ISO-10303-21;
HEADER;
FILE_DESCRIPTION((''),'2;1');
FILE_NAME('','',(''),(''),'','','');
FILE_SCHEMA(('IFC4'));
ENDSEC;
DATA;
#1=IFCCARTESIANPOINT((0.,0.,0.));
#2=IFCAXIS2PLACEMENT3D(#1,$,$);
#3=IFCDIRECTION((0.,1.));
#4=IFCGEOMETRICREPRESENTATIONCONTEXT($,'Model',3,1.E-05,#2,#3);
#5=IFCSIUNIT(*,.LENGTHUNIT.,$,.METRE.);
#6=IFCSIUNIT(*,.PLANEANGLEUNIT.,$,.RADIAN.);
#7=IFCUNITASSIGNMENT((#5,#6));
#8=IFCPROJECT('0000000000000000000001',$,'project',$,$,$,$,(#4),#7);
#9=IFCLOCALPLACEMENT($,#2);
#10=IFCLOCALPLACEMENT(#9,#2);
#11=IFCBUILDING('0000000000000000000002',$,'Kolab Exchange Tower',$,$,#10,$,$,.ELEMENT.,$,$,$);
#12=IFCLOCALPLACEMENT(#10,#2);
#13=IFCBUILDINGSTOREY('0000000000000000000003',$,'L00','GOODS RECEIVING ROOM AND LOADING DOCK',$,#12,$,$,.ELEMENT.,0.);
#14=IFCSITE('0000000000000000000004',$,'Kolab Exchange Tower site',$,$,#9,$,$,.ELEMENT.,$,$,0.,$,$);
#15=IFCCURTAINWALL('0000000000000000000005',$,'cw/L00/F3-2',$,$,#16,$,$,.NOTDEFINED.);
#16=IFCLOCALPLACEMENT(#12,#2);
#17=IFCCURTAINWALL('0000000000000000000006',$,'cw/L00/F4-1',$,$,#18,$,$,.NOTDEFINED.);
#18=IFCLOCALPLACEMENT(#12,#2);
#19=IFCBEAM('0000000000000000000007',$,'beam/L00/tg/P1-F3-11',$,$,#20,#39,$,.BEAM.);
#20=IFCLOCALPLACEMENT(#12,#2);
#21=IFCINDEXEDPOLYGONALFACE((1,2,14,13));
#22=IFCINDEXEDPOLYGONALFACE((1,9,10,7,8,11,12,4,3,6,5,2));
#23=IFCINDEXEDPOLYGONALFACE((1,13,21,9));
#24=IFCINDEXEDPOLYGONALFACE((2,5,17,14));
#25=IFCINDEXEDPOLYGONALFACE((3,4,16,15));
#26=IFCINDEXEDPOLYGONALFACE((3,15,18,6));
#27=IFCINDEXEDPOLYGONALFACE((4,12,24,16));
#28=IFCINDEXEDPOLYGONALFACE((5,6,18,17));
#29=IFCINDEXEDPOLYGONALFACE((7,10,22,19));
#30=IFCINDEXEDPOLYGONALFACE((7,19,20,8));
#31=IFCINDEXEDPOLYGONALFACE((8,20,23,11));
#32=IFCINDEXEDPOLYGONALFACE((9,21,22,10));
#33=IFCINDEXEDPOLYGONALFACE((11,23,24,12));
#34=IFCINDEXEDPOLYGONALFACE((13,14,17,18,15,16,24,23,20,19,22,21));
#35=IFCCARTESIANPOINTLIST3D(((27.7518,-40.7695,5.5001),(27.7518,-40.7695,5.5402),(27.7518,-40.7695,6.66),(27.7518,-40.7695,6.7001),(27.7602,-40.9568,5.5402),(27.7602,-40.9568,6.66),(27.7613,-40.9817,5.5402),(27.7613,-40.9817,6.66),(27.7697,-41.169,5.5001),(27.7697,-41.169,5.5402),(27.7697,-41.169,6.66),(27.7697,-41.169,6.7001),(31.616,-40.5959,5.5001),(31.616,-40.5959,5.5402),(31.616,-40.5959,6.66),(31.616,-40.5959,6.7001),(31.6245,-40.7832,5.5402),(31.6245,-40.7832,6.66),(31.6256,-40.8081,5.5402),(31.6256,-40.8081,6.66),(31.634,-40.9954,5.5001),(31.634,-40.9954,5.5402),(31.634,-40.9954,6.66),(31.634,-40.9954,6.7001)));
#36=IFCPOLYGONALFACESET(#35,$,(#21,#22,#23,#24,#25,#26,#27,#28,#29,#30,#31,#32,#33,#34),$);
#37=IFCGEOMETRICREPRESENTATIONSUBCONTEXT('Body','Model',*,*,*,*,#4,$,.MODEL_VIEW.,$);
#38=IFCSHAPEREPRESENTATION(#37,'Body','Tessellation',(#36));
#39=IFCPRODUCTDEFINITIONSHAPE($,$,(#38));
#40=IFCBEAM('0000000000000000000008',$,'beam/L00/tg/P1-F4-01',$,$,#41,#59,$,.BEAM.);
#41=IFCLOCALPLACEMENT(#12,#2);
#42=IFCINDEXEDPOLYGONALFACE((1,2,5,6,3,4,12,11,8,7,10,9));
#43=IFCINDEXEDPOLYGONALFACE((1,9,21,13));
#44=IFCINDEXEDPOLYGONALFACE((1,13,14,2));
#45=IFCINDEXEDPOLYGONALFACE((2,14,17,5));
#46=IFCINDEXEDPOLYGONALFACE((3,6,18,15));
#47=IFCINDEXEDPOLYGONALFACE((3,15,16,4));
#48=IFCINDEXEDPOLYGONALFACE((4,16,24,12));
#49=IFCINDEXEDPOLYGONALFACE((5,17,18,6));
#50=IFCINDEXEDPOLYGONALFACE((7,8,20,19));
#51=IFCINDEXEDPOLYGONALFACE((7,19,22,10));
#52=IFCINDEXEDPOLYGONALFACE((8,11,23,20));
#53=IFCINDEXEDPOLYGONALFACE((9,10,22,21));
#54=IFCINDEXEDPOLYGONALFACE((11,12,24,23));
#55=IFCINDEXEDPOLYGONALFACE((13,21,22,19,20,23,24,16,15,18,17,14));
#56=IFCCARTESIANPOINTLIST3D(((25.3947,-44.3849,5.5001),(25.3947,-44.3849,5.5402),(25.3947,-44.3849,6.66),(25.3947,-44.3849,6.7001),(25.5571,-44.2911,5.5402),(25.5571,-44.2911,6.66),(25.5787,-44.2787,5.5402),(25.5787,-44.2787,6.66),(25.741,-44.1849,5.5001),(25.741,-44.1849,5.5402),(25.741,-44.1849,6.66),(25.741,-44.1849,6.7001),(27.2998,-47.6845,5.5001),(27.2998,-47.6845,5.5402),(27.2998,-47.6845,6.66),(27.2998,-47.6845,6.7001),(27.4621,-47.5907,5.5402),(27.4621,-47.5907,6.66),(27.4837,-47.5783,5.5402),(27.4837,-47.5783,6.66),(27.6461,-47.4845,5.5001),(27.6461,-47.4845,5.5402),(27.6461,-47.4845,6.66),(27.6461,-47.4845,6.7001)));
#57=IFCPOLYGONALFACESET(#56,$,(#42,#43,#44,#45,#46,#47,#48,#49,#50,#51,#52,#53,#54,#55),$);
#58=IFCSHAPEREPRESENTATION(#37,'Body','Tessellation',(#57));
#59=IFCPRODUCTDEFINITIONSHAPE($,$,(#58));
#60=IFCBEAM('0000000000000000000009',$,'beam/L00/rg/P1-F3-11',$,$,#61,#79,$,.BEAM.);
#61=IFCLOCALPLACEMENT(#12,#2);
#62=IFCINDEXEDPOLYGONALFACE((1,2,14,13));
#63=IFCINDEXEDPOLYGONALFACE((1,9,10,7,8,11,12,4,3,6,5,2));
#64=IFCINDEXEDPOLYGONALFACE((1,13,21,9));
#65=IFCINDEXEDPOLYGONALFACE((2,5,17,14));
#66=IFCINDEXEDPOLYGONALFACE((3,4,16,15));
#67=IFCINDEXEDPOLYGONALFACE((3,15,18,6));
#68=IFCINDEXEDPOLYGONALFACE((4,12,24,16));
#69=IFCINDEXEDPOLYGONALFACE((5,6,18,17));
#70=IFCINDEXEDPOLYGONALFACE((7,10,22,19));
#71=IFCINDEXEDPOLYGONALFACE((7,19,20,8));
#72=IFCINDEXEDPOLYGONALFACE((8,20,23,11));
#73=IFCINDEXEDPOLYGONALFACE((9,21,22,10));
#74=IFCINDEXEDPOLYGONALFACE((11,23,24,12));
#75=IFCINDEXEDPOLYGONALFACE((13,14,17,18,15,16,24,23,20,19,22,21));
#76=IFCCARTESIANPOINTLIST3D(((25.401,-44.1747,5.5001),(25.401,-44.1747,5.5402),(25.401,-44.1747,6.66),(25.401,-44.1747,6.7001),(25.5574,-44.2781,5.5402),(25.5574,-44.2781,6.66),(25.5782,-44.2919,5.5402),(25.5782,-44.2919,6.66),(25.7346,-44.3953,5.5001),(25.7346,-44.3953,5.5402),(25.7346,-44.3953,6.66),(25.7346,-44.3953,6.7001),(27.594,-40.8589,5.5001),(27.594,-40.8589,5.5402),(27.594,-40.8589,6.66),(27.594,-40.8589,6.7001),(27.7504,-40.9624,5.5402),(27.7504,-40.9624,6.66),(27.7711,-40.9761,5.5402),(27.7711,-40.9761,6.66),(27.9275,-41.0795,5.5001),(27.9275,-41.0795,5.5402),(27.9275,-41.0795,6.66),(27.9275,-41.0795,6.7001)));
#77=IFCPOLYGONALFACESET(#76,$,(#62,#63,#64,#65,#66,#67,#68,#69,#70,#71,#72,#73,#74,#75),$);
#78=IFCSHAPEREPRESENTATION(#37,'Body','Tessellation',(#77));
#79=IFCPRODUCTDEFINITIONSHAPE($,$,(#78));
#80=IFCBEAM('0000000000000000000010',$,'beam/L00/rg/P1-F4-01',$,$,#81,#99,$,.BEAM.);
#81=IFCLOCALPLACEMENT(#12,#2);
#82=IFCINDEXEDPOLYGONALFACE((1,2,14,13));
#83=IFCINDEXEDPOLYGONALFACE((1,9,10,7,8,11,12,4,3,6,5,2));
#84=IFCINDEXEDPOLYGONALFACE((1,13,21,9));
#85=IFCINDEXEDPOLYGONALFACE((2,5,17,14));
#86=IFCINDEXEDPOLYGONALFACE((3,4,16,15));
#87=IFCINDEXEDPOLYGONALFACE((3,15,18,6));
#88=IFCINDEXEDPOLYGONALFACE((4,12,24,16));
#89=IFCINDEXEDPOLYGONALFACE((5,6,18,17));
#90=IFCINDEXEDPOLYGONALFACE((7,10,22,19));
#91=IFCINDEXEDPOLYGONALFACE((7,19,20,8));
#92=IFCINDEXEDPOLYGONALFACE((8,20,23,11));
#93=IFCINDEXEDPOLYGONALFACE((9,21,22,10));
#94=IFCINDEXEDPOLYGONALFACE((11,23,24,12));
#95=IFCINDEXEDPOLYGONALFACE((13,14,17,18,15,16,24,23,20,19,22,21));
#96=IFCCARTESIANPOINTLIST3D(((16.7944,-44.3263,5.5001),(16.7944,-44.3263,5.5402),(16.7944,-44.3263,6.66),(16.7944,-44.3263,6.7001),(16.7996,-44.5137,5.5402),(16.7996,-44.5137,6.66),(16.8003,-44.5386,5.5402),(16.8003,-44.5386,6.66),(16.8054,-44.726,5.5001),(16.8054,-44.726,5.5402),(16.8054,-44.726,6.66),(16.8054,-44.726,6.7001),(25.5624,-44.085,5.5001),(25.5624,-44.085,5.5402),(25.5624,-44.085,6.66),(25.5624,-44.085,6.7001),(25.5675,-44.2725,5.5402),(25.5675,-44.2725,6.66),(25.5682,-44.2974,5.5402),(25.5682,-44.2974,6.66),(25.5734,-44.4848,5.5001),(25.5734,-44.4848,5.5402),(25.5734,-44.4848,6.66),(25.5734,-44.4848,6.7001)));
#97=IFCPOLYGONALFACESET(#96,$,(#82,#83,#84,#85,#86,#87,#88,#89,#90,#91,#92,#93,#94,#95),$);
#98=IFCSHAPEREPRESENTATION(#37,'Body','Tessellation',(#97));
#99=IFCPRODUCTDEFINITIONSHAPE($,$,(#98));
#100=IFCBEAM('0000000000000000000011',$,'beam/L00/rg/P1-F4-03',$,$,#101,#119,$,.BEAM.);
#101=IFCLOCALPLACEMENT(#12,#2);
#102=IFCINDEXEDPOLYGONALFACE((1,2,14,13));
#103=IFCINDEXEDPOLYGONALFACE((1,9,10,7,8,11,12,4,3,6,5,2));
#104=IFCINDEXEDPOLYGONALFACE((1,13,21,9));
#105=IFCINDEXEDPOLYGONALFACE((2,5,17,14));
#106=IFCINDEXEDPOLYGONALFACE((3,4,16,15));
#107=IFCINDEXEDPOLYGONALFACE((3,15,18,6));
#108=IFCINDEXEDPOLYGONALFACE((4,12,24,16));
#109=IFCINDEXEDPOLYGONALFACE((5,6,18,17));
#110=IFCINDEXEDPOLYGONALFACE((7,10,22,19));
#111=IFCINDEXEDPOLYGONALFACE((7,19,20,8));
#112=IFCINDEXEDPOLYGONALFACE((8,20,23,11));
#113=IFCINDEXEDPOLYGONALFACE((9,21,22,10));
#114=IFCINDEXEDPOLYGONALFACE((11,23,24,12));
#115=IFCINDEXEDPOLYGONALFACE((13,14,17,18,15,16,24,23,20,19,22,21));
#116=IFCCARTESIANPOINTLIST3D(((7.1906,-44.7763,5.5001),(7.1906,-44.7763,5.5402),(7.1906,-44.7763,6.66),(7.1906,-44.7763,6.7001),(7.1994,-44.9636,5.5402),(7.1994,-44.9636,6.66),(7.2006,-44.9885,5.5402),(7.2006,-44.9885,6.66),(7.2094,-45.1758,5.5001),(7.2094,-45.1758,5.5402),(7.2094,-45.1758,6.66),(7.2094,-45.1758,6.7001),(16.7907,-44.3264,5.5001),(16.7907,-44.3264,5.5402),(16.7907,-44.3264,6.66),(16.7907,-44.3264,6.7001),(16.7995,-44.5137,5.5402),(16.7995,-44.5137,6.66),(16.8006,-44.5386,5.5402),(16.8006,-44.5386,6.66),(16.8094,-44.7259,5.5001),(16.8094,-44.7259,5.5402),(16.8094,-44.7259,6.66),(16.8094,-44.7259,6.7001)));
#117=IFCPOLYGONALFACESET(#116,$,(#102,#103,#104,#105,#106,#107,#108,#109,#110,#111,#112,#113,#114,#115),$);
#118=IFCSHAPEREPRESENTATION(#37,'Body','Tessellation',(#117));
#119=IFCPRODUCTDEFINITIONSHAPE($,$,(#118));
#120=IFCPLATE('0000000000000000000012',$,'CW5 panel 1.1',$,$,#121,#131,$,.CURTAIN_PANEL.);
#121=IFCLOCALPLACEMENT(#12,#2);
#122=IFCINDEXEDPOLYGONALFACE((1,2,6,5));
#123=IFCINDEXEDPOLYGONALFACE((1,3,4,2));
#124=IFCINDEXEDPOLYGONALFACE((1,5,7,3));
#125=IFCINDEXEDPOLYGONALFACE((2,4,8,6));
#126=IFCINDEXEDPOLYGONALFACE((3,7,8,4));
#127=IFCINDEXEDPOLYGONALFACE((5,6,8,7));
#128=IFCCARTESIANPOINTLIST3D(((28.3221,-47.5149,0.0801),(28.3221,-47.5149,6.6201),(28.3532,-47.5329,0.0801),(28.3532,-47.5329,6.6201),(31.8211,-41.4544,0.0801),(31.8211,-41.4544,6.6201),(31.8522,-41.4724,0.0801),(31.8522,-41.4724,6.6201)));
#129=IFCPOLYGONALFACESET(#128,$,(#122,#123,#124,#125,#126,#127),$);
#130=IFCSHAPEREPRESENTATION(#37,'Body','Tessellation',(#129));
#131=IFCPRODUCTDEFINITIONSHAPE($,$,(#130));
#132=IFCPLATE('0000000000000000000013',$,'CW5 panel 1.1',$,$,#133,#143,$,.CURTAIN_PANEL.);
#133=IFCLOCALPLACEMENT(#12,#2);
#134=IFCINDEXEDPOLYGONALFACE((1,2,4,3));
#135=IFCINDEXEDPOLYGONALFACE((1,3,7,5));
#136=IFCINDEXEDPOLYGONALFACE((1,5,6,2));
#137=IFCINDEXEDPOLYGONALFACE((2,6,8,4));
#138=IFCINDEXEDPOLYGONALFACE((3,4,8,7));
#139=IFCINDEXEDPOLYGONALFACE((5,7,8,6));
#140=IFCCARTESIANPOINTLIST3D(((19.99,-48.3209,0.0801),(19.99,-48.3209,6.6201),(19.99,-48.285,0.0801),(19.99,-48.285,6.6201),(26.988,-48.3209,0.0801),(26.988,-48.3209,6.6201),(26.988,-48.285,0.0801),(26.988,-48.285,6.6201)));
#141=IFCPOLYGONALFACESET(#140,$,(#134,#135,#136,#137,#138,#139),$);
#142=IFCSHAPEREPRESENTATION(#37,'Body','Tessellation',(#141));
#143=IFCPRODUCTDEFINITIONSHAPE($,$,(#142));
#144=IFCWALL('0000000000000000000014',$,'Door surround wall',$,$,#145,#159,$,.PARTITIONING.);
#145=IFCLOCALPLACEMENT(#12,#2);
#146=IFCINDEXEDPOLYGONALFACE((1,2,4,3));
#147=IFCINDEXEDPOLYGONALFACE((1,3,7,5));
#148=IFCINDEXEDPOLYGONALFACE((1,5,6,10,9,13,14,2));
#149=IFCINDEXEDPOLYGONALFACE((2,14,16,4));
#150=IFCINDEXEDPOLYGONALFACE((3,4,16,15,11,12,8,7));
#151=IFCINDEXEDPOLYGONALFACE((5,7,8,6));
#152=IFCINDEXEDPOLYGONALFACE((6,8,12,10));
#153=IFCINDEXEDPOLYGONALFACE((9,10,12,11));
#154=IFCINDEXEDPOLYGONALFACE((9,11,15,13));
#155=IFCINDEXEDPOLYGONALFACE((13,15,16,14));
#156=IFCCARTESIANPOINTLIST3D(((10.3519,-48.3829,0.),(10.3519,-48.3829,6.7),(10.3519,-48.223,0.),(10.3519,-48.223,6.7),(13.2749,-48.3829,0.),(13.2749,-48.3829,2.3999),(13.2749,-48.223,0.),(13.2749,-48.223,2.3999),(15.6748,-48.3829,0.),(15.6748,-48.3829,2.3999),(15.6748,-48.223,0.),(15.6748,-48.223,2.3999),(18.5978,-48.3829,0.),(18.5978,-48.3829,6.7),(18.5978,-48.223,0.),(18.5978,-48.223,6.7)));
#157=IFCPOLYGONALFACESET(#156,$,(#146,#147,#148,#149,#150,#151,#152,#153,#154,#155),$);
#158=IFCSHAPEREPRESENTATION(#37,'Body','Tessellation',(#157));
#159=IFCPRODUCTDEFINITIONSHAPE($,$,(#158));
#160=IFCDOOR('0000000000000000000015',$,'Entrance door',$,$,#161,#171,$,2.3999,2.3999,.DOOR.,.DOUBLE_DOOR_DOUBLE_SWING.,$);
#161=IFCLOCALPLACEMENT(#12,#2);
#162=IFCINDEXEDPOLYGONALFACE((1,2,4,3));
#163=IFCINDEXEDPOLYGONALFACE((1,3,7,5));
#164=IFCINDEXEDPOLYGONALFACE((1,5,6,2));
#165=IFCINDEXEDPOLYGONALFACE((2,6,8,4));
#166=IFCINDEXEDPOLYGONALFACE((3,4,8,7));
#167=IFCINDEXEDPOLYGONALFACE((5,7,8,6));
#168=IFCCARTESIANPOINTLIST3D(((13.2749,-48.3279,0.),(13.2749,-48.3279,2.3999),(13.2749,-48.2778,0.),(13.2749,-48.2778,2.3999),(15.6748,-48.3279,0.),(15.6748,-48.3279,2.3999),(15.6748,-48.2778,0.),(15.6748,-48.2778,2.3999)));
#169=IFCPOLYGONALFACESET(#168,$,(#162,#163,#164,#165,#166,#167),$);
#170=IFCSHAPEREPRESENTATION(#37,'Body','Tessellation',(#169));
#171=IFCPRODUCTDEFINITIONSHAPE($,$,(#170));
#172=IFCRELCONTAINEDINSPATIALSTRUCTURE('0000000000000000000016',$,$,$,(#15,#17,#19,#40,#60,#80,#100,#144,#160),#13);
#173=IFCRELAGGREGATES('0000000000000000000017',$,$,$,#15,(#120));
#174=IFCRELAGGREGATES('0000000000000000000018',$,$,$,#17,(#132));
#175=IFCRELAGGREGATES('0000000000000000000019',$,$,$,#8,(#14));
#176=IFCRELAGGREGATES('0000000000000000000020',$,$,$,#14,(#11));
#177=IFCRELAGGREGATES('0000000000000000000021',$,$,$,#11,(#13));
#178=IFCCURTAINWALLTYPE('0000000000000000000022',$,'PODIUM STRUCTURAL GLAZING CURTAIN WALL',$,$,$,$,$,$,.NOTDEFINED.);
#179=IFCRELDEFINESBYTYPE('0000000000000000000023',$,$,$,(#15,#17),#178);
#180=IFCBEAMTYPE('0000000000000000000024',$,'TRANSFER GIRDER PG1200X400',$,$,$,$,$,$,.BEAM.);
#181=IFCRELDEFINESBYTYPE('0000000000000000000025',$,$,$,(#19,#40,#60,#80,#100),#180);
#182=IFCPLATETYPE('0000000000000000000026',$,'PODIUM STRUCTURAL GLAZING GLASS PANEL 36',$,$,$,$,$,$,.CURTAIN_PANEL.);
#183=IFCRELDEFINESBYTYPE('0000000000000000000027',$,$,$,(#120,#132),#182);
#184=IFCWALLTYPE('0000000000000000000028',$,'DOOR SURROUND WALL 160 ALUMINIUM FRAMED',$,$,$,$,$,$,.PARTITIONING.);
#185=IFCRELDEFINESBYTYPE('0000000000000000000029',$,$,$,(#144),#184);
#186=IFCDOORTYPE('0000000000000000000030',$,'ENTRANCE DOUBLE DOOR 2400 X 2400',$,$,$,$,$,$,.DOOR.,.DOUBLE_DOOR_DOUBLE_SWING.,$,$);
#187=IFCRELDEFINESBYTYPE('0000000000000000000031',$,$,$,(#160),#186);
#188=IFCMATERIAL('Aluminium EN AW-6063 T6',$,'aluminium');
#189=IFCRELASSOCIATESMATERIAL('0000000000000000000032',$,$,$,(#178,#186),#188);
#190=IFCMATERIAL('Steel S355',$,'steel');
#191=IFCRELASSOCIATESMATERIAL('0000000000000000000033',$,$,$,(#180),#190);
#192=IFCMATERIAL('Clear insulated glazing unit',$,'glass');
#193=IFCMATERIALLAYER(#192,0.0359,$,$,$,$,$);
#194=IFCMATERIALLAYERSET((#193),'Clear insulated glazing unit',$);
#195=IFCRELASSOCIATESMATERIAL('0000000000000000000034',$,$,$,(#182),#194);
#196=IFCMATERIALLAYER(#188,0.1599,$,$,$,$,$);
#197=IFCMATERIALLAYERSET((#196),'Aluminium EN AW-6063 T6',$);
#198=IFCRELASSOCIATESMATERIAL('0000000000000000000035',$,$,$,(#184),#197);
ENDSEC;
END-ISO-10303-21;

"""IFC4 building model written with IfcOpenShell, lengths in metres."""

from ifc_helpers import new_model, si_unit, direction, frame, frame_2d, origin, origin_2d, place, context, subcontext, project, spatial, rectangle, i_section, extrude, material, layer, layer_set, material_profile, profile_set, type_object, element, fill, aggregate, save


model = new_model("IFC4")

# Units and contexts
model_context = context("Model", 3, precision=1e-05, world=origin(), true_north=direction((0.0, 1.0)))
body_context = subcontext(model_context, "Body", "Model", "MODEL_VIEW")
ifc_project = project(units=[si_unit("LENGTHUNIT", "METRE"), si_unit("PLANEANGLEUNIT", "RADIAN")], contexts=[model_context])

# Site, building, storey
site_placement = place(None, origin())
site = spatial("IfcSite", under=ifc_project, at=site_placement, Name="Kolab Exchange Tower site", CompositionType="ELEMENT", RefElevation=0.0)
building_placement = place(site_placement, origin())
building = spatial("IfcBuilding", under=site, at=building_placement, Name="Kolab Exchange Tower", CompositionType="ELEMENT")
storey_placement = place(building_placement, origin())
storey = spatial("IfcBuildingStorey", under=building, at=storey_placement, Name="L00", Description="GOODS RECEIVING ROOM AND LOADING DOCK", CompositionType="ELEMENT", Elevation=0.0)

# Curtain walls
ifc_material_1 = material(Name="Aluminium EN AW-6063 T6", Category="aluminium")
curtain_wall_type = type_object("IfcCurtainWallType", Name="PODIUM STRUCTURAL GLAZING CURTAIN WALL", PredefinedType="NOTDEFINED", material=ifc_material_1)
curtain_wall_1_placement = place(storey_placement, origin())
curtain_wall_1 = element("IfcCurtainWall", 1, at=curtain_wall_1_placement, inside=storey, type_object=curtain_wall_type, Name="cw/L00/F3-2", PredefinedType="NOTDEFINED")
curtain_wall_2_placement = place(storey_placement, origin())
curtain_wall_2 = element("IfcCurtainWall", 2, at=curtain_wall_2_placement, inside=storey, type_object=curtain_wall_type, Name="cw/L00/F4-1", PredefinedType="NOTDEFINED")

# Beams
ifc_material_2 = material(Name="Steel S355", Category="steel")
ifc_material_profile_1 = material_profile(ifc_material_2, i_section(OverallWidth=0.3999, OverallDepth=1.2, WebThickness=0.0249, FlangeThickness=0.04, at=origin_2d()), Name="PG1200X400")
ifc_profile_set_1 = profile_set([ifc_material_profile_1], Name="Steel S355")
beam_type = type_object("IfcBeamType", Name="TRANSFER GIRDER PG1200X400", PredefinedType="BEAM", material=ifc_profile_set_1)
beam_1_placement = place(storey_placement, frame((27.7607, -40.9692, 6.1001), z_axis=(0.998993, 0.044875, 0.0), x_axis=(-0.044875, 0.998993, 0.0)))
element("IfcBeam", 3, at=beam_1_placement, inside=storey, type_object=beam_type, Name="beam/L00/tg/P1-F3-11", PredefinedType="BEAM", context=body_context, shape_type="SweptSolid", body=[
    extrude(i_section(OverallWidth=0.3999, OverallDepth=1.2, WebThickness=0.0249, FlangeThickness=0.04, at=origin_2d()), origin(), (0.0, 0.0, 1.0), 3.8682),
])
beam_2_placement = place(storey_placement, frame((25.5679, -44.2849, 6.1001), z_axis=(0.500005, -0.866022, 0.0), x_axis=(0.866022, 0.500005, 0.0)))
element("IfcBeam", 4, at=beam_2_placement, inside=storey, type_object=beam_type, Name="beam/L00/tg/P1-F4-01", PredefinedType="BEAM", context=body_context, shape_type="SweptSolid", body=[
    extrude(i_section(OverallWidth=0.3999, OverallDepth=1.2, WebThickness=0.0249, FlangeThickness=0.04, at=origin_2d()), origin(), (0.0, 0.0, 1.0), 3.8101),
])
beam_3_placement = place(storey_placement, frame((27.7607, -40.9692, 6.1001), z_axis=(-0.551635, -0.834086, 0.0), x_axis=(0.834086, -0.551635, 0.0)))
element("IfcBeam", 5, at=beam_3_placement, inside=storey, type_object=beam_type, Name="beam/L00/rg/P1-F3-11", PredefinedType="BEAM", context=body_context, shape_type="SweptSolid", body=[
    extrude(i_section(OverallWidth=0.3999, OverallDepth=1.2, WebThickness=0.0249, FlangeThickness=0.04, at=origin_2d()), origin(), (0.0, 0.0, 1.0), 3.9753),
])
beam_4_placement = place(storey_placement, frame((25.5679, -44.2849, 6.1001), z_axis=(-0.999622, -0.027501, 0.0), x_axis=(0.027501, -0.999622, 0.0)))
element("IfcBeam", 6, at=beam_4_placement, inside=storey, type_object=beam_type, Name="beam/L00/rg/P1-F4-01", PredefinedType="BEAM", context=body_context, shape_type="SweptSolid", body=[
    extrude(i_section(OverallWidth=0.3999, OverallDepth=1.2, WebThickness=0.0249, FlangeThickness=0.04, at=origin_2d()), origin(), (0.0, 0.0, 1.0), 8.7712),
])
beam_5_placement = place(storey_placement, frame((16.8, -44.5261, 6.1001), z_axis=(-0.998903, -0.046818, 0.0), x_axis=(0.046818, -0.998903, 0.0)))
element("IfcBeam", 7, at=beam_5_placement, inside=storey, type_object=beam_type, Name="beam/L00/rg/P1-F4-03", PredefinedType="BEAM", context=body_context, shape_type="SweptSolid", body=[
    extrude(i_section(OverallWidth=0.3999, OverallDepth=1.2, WebThickness=0.0249, FlangeThickness=0.04, at=origin_2d()), origin(), (0.0, 0.0, 1.0), 9.6106),
])

# Plates
ifc_material_3 = material(Name="Clear insulated glazing unit", Category="glass")
ifc_layer_1 = layer(ifc_material_3, 0.0359)
ifc_layer_set_1 = layer_set([ifc_layer_1], Name="Clear insulated glazing unit")
plate_type = type_object("IfcPlateType", Name="PODIUM STRUCTURAL GLAZING GLASS PANEL 36", PredefinedType="CURTAIN_PANEL", material=ifc_layer_set_1)
plate_1_placement = place(storey_placement, frame((30.0872, -44.4937, 0.0801), z_axis=(0.0, 0.0, 1.0), x_axis=(-0.5, -0.866025, 0.0)))
plate_1 = element("IfcPlate", 8, at=plate_1_placement, type_object=plate_type, Name="CW5 panel 1.1", PredefinedType="CURTAIN_PANEL", context=body_context, shape_type="SweptSolid", body=[
    extrude(rectangle(XDim=6.998, YDim=0.0359, at=origin_2d()), origin(), (0.0, 0.0, 1.0), 6.54),
])
aggregate(curtain_wall_1, [plate_1])
plate_2_placement = place(storey_placement, frame((23.489, -48.303, 0.0801), z_axis=(0.0, 0.0, 1.0), x_axis=(-1.0, 0.0, 0.0)))
plate_2 = element("IfcPlate", 9, at=plate_2_placement, type_object=plate_type, Name="CW5 panel 1.1", PredefinedType="CURTAIN_PANEL", context=body_context, shape_type="SweptSolid", body=[
    extrude(rectangle(XDim=6.998, YDim=0.0359, at=origin_2d()), origin(), (0.0, 0.0, 1.0), 6.54),
])
aggregate(curtain_wall_2, [plate_2])

# Wall, opening, door
ifc_layer_2 = layer(ifc_material_1, 0.1599)
ifc_layer_set_2 = layer_set([ifc_layer_2], Name="Aluminium EN AW-6063 T6")
wall_type_1 = type_object("IfcWallType", Name="DOOR SURROUND WALL 160 ALUMINIUM FRAMED", PredefinedType="PARTITIONING", material=ifc_layer_set_2)
wall_1_placement = place(storey_placement, frame((18.5979, -48.303, 0.0), z_axis=(0.0, 0.0, 1.0), x_axis=(-1.0, 0.0, 0.0)))
wall_1 = element("IfcWall", 10, at=wall_1_placement, inside=storey, type_object=wall_type_1, Name="Door surround wall", PredefinedType="PARTITIONING", context=body_context, shape_type="SweptSolid", body=[
    extrude(rectangle(XDim=8.2458, YDim=0.1599, at=frame_2d((4.123, 0.0))), origin(), (0.0, 0.0, 1.0), 6.7),
])
opening_1_placement = place(wall_1_placement, frame((2.9231, 0.0, 0.0)))
opening_1 = element("IfcOpeningElement", 11, at=opening_1_placement, cuts=wall_1, PredefinedType="OPENING", context=body_context, shape_type="SweptSolid", body=[
    extrude(rectangle(XDim=2.3999, YDim=2.3999, at=frame_2d((1.2, 1.2))), frame((0.0, 0.0898, 0.0), z_axis=(0.0, -1.0, 0.0), x_axis=(1.0, 0.0, 0.0)), (0.0, 0.0, 1.0), 0.1799),
])
door_type = type_object("IfcDoorType", Name="ENTRANCE DOUBLE DOOR 2400 X 2400", OperationType="DOUBLE_DOOR_DOUBLE_SWING", PredefinedType="DOOR", material=ifc_material_1)
door_1_placement = place(opening_1_placement, origin())
door_1 = element("IfcDoor", 12, at=door_1_placement, inside=storey, type_object=door_type, Name="Entrance door", OperationType="DOUBLE_DOOR_DOUBLE_SWING", OverallHeight=2.3999, OverallWidth=2.3999, PredefinedType="DOOR", context=body_context, shape_type="SweptSolid", body=[
    extrude(rectangle(XDim=2.3999, YDim=2.3999, at=frame_2d((1.2, 1.2))), frame((0.0, 0.0249, 0.0), z_axis=(0.0, -1.0, 0.0), x_axis=(1.0, 0.0, 0.0)), (0.0, 0.0, 1.0), 0.05),
])
fill(opening_1, door_1)

save(model, "model.ifc")
